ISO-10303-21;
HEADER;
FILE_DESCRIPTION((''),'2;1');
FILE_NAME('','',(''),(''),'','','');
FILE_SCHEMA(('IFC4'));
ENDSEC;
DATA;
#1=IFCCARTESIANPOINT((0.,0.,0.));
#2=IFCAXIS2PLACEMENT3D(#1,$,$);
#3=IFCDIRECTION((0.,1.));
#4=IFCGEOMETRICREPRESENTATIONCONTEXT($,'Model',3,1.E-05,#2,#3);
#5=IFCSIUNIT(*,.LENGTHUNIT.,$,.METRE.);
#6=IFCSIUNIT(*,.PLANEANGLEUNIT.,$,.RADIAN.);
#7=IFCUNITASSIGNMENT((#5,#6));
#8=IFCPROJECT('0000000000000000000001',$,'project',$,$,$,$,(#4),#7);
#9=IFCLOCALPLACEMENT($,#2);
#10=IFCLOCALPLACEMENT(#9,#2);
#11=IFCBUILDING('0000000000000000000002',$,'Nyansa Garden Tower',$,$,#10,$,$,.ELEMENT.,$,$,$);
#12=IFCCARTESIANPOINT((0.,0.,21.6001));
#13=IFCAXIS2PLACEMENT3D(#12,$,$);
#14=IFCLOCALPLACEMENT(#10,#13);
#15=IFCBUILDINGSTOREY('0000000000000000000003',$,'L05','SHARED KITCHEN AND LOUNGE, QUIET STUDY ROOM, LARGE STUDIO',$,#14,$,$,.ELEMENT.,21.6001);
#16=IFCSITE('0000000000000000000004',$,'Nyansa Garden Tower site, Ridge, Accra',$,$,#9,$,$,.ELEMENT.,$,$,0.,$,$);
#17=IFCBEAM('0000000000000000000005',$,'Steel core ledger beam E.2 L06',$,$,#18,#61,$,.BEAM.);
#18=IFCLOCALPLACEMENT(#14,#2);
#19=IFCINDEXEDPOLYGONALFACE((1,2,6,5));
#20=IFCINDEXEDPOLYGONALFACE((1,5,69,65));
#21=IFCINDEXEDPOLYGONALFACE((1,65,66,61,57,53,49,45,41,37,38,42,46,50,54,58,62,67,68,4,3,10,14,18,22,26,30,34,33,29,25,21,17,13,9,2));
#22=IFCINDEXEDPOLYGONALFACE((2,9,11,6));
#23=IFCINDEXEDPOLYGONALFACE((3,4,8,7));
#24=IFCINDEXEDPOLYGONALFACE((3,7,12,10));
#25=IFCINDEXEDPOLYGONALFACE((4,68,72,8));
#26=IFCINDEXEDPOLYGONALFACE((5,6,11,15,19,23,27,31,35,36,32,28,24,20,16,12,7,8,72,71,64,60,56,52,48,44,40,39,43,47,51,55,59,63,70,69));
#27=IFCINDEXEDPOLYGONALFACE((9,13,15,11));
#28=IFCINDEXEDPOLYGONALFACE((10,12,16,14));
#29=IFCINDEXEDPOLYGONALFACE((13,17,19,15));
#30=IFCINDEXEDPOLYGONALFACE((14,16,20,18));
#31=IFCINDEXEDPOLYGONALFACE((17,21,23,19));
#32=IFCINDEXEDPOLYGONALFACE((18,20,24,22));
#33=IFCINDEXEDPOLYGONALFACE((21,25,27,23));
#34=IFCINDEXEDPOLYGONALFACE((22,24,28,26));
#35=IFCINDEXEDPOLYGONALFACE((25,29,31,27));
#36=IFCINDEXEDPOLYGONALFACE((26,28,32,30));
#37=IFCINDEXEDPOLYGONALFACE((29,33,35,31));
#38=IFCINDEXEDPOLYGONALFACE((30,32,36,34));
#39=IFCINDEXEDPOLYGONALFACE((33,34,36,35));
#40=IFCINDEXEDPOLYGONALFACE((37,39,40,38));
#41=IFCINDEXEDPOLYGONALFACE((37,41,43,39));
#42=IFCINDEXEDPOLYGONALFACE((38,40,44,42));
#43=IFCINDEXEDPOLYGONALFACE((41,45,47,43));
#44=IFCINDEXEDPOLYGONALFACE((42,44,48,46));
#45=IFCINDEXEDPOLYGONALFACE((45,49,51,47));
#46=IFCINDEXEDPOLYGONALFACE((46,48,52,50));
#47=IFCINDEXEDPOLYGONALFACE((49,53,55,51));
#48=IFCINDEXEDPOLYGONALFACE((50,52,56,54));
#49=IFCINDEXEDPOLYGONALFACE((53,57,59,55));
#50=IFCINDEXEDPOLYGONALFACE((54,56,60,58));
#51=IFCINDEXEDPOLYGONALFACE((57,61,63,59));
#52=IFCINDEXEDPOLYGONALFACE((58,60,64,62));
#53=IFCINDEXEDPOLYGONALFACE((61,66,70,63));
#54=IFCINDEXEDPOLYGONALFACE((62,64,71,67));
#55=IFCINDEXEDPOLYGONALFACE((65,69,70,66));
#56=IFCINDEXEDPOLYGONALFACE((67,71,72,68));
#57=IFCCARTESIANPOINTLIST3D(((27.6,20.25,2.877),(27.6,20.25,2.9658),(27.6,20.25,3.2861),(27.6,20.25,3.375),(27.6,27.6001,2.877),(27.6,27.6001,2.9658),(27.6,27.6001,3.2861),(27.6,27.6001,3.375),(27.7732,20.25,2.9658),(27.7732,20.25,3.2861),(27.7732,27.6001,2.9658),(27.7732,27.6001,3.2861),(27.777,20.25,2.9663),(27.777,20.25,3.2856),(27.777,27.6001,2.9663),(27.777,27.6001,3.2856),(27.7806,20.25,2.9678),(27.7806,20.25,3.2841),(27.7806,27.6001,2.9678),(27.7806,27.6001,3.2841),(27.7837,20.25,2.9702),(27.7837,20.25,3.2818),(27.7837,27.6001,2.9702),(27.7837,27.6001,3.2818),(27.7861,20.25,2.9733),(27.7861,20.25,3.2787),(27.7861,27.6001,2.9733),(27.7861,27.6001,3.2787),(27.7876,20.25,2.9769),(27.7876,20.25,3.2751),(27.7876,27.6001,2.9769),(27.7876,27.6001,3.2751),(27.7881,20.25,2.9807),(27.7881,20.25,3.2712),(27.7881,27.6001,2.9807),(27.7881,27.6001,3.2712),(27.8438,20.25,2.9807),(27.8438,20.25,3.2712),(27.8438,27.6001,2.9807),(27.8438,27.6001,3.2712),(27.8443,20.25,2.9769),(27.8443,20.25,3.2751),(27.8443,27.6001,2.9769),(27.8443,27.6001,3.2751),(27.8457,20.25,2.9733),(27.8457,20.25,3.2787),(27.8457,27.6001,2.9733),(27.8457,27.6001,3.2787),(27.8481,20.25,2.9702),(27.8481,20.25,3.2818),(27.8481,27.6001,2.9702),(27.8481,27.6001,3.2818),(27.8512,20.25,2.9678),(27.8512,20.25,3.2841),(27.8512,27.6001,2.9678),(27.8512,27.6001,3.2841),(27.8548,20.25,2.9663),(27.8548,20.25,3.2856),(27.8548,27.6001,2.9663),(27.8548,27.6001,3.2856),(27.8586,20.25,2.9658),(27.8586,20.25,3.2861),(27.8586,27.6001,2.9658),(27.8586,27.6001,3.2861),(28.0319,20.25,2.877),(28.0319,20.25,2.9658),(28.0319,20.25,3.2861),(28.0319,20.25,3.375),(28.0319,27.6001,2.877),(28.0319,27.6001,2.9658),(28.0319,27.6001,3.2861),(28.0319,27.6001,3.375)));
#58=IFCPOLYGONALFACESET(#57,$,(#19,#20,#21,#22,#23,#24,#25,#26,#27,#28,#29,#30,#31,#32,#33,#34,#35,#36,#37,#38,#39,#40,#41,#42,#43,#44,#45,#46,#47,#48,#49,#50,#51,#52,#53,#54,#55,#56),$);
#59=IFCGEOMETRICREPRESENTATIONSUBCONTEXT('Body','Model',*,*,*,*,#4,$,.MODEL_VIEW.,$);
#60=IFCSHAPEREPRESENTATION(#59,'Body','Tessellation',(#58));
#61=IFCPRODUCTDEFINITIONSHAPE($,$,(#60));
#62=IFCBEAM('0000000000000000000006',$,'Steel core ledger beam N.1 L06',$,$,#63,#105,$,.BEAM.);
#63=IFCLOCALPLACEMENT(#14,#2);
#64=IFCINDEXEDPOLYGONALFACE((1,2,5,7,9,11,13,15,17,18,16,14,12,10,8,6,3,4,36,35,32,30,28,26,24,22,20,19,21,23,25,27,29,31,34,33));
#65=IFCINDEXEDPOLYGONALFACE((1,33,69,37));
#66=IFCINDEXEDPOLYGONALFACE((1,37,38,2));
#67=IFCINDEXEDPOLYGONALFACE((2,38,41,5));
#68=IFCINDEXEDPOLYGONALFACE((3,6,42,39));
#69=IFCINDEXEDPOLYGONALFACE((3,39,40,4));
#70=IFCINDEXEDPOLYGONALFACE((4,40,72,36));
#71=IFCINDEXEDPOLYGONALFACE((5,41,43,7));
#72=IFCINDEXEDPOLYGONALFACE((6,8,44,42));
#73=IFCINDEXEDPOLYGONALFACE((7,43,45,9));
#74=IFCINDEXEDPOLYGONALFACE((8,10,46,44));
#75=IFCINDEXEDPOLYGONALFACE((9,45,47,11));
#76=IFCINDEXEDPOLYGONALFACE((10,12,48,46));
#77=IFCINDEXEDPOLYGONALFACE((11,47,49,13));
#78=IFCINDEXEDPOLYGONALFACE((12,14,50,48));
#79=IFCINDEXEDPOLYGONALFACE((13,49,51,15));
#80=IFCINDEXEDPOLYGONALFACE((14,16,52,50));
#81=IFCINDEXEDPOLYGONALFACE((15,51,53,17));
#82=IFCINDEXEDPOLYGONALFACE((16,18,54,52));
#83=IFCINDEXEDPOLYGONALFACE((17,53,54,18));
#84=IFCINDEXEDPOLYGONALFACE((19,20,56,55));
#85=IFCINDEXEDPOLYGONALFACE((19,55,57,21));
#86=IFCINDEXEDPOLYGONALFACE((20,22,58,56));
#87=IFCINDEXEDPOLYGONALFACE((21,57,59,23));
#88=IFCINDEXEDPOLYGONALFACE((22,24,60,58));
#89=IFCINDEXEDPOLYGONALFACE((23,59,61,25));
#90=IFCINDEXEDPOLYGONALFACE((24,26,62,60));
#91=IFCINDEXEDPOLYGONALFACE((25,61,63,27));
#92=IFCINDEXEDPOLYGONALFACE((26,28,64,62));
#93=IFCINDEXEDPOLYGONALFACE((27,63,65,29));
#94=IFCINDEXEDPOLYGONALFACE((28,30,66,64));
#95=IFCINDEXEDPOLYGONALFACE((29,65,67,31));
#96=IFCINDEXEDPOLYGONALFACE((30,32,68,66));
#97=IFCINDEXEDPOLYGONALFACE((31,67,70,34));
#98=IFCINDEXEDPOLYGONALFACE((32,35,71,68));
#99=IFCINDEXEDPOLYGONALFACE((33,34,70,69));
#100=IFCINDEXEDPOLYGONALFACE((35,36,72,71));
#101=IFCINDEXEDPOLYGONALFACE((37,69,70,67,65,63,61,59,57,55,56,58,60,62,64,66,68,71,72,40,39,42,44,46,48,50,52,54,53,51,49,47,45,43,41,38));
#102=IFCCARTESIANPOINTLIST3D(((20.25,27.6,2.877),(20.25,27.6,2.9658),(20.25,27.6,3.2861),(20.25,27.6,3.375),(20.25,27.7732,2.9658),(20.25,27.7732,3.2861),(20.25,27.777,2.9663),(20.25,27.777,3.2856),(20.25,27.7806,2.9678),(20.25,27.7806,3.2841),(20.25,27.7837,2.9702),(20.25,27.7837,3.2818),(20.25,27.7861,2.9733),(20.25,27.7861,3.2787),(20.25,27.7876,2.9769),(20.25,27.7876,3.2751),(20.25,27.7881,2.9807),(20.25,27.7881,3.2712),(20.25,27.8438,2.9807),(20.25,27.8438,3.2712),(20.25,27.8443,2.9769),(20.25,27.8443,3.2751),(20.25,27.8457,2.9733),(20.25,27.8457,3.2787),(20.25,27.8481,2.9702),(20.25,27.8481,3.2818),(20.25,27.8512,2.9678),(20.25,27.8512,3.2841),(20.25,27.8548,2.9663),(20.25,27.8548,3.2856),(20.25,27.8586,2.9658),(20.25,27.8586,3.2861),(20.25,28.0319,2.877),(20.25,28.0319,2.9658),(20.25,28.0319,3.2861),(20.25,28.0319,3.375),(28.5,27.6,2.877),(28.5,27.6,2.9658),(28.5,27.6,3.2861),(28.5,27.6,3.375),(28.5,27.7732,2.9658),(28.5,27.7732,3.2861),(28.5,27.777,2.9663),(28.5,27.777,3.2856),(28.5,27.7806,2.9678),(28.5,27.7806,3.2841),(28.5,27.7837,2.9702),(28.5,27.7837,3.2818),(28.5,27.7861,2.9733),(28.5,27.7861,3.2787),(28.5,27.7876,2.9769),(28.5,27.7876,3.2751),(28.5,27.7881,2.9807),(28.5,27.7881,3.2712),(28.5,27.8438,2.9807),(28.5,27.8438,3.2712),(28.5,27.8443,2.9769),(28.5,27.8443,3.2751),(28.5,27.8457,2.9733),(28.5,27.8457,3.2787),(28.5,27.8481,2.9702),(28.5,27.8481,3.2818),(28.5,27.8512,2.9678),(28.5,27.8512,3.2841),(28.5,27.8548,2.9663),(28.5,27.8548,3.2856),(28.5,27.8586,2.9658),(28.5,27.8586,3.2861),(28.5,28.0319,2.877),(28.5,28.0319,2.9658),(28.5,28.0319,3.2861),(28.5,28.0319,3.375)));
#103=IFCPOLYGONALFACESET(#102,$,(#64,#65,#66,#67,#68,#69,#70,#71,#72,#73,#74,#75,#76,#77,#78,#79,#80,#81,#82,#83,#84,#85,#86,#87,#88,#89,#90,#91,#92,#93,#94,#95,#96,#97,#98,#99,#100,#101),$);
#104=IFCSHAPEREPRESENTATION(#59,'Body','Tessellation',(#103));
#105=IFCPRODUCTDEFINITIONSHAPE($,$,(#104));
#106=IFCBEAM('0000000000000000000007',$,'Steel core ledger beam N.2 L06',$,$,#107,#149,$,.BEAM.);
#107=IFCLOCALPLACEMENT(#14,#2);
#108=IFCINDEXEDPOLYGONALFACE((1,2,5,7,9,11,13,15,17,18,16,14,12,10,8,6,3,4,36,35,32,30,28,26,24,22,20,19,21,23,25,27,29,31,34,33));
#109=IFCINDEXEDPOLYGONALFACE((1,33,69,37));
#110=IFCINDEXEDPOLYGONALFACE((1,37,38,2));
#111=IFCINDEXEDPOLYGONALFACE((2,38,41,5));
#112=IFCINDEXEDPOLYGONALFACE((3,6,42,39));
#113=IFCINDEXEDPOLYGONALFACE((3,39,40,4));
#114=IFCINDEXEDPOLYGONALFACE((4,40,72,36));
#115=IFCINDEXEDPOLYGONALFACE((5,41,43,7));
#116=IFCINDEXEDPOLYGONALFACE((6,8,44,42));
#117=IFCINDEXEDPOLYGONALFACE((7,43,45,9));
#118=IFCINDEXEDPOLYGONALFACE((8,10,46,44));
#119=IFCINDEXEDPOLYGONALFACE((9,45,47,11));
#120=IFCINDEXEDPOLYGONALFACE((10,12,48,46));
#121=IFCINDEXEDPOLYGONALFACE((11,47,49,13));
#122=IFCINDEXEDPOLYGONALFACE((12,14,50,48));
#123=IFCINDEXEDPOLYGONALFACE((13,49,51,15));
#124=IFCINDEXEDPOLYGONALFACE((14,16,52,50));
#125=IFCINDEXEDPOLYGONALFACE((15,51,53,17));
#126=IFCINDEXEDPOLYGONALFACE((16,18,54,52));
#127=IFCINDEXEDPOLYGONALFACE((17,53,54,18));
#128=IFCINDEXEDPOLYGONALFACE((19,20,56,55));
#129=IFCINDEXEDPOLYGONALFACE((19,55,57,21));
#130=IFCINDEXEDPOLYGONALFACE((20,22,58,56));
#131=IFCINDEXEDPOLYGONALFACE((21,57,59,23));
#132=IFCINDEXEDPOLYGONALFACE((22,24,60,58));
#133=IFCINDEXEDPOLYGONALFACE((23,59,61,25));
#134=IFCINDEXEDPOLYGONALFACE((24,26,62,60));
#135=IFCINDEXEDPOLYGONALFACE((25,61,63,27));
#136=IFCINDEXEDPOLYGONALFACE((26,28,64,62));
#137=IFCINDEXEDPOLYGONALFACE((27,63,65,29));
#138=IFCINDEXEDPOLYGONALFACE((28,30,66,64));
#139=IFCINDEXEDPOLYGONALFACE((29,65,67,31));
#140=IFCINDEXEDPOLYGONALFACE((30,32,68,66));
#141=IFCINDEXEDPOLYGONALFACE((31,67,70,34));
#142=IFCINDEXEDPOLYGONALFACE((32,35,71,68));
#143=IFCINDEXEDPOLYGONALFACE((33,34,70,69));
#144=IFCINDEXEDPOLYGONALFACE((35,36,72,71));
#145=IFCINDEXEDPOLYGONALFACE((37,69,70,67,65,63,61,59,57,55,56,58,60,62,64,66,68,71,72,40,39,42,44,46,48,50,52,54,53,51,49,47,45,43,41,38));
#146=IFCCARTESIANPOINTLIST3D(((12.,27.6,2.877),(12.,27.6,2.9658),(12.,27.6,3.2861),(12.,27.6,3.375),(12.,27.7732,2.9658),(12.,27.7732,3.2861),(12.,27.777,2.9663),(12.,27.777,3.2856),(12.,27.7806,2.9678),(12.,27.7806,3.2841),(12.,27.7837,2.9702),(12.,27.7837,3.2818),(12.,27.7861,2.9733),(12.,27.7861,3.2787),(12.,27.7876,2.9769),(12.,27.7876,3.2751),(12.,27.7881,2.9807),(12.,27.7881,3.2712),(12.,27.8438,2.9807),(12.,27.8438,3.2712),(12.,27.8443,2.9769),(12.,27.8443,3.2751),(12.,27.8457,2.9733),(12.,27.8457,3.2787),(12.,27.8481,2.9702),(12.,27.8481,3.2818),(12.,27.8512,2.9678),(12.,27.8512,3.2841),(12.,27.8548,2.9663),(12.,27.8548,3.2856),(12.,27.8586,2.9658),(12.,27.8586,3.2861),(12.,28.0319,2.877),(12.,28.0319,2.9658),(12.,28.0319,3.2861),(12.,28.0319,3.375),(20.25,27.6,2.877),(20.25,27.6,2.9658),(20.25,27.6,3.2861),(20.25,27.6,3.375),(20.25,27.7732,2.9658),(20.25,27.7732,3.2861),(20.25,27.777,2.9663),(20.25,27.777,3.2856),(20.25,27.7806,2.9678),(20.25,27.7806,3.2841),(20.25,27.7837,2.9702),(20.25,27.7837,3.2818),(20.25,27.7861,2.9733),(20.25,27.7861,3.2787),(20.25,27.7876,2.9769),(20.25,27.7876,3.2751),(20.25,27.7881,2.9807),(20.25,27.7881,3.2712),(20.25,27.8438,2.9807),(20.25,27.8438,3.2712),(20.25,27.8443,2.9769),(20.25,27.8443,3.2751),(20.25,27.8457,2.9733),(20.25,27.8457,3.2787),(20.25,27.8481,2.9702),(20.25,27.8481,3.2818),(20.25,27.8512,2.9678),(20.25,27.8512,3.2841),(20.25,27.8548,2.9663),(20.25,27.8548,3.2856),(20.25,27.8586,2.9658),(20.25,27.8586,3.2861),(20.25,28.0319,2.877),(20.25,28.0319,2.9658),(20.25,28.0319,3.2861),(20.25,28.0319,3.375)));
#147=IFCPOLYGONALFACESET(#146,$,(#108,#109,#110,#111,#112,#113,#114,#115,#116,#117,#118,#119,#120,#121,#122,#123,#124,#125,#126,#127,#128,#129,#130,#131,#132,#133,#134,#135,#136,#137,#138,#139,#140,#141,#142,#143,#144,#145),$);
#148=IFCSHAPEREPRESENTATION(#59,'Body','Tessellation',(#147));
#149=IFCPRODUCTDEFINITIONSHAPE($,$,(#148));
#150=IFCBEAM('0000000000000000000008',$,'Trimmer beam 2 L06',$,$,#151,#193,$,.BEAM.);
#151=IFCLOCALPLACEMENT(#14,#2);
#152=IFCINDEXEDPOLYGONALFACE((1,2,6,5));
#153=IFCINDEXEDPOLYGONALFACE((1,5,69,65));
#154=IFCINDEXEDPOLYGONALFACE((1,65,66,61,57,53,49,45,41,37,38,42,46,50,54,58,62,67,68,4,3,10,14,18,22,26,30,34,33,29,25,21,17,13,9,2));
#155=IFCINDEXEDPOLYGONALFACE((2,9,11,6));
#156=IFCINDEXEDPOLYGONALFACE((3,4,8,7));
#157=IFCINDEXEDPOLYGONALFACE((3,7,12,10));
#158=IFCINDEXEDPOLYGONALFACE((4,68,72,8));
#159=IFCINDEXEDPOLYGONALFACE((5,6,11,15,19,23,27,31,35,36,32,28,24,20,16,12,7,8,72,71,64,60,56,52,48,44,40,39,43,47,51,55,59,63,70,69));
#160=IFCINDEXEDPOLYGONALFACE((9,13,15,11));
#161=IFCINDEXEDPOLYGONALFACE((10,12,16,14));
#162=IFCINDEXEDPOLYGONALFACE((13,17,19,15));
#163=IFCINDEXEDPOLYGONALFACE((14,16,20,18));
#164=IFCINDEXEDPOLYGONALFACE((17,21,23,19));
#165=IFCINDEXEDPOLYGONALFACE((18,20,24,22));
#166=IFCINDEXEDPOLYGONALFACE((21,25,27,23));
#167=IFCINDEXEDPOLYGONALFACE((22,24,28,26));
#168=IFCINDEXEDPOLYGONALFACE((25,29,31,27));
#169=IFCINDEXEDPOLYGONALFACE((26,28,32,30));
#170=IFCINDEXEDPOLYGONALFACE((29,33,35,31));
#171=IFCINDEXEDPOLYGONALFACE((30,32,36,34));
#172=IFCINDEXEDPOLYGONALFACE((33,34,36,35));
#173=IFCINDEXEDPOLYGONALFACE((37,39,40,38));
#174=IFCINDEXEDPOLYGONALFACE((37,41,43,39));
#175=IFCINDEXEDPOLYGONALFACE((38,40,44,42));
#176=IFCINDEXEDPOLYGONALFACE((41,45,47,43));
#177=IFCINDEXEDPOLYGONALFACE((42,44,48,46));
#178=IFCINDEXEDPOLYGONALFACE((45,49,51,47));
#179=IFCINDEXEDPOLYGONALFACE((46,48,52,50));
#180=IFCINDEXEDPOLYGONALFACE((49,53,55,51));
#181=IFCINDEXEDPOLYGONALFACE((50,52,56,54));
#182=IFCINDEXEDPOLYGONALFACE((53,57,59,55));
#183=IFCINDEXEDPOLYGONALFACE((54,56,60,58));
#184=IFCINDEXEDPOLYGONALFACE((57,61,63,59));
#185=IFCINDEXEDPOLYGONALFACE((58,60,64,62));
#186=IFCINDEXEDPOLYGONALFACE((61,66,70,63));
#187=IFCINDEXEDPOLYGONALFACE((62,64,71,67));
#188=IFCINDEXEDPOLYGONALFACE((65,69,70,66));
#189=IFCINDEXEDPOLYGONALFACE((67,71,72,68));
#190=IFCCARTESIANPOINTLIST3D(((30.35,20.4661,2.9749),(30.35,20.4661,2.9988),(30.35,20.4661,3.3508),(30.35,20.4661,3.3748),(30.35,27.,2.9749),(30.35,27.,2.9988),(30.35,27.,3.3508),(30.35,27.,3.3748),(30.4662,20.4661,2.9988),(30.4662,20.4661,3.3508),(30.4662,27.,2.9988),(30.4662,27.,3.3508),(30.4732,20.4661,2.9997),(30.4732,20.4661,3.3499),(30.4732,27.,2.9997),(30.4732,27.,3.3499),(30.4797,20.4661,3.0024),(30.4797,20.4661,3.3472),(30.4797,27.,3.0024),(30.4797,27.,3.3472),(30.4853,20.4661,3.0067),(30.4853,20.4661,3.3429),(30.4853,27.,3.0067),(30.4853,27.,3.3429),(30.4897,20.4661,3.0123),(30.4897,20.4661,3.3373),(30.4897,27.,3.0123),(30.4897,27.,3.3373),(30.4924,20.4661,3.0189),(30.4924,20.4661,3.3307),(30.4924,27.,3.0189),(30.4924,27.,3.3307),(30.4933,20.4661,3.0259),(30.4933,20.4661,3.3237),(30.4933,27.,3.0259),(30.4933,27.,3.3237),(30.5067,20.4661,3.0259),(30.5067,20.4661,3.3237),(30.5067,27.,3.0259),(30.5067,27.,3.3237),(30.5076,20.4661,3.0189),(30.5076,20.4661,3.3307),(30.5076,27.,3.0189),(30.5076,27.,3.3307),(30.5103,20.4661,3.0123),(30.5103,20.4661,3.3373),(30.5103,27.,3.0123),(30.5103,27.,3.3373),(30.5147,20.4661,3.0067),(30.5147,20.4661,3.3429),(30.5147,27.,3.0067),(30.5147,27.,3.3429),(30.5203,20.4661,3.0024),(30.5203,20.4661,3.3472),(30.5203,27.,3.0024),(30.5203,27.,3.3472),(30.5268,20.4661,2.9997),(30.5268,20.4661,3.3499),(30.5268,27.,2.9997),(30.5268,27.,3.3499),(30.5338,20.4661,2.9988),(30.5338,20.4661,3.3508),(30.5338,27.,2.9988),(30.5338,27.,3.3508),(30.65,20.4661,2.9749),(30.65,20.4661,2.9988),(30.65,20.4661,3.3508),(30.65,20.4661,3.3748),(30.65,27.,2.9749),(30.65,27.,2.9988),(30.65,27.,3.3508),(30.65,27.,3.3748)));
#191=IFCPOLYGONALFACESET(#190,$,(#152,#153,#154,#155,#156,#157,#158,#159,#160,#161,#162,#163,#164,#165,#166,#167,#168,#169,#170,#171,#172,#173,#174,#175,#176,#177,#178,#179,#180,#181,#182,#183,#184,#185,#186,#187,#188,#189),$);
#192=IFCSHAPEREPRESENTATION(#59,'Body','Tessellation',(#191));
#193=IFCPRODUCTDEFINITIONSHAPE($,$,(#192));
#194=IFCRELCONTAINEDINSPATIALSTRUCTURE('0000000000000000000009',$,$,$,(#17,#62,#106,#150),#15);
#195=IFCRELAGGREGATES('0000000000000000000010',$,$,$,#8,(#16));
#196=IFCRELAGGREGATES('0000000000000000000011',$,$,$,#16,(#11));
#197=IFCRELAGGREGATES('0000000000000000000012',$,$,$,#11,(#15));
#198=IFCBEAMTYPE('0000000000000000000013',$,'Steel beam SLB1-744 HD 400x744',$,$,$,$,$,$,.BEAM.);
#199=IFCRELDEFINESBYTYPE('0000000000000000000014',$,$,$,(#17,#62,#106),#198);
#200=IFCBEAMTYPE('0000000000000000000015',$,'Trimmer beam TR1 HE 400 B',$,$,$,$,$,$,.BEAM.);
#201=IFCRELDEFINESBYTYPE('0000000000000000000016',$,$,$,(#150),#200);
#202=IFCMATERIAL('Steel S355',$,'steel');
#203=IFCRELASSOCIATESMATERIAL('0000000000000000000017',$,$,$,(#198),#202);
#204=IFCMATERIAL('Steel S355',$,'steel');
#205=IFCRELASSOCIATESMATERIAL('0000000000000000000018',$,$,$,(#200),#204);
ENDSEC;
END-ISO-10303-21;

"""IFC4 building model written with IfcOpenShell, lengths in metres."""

from ifc_helpers import new_model, si_unit, direction, frame, origin, origin_2d, place, context, subcontext, project, spatial, i_section, extrude, material, material_profile, profile_set, type_object, element, save


model = new_model("IFC4")

# Units and contexts
model_context = context("Model", 3, precision=1e-05, world=origin(), true_north=direction((0.0, 1.0)))
body_context = subcontext(model_context, "Body", "Model", "MODEL_VIEW")
ifc_project = project(units=[si_unit("LENGTHUNIT", "METRE"), si_unit("PLANEANGLEUNIT", "RADIAN")], contexts=[model_context])

# Site, building, storey
site_placement = place(None, origin())
site = spatial("IfcSite", under=ifc_project, at=site_placement, Name="Nyansa Garden Tower site, Ridge, Accra", CompositionType="ELEMENT", RefElevation=0.0)
building_placement = place(site_placement, origin())
building = spatial("IfcBuilding", under=site, at=building_placement, Name="Nyansa Garden Tower", CompositionType="ELEMENT")
storey_placement = place(building_placement, frame((0.0, 0.0, 21.6001)))
storey = spatial("IfcBuildingStorey", under=building, at=storey_placement, Name="L05", Description="SHARED KITCHEN AND LOUNGE, QUIET STUDY ROOM, LARGE STUDIO", CompositionType="ELEMENT", Elevation=21.6001)

# Beams
ifc_material_1 = material(Name="Steel S355", Category="steel")
ifc_material_profile_1 = material_profile(ifc_material_1, i_section(OverallWidth=0.4319, OverallDepth=0.498, WebThickness=0.0557, FlangeThickness=0.0889, FilletRadius=0.0149, at=origin_2d()), Name="HD 400x744")
ifc_profile_set_1 = profile_set([ifc_material_profile_1], Name="Steel S355")
beam_type_1 = type_object("IfcBeamType", Name="Steel beam SLB1-744 HD 400x744", PredefinedType="BEAM", material=ifc_profile_set_1)
beam_1_placement = place(storey_placement, frame((27.8159, 20.25, 3.126), z_axis=(0.0, 1.0, 0.0), x_axis=(-1.0, 0.0, 0.0)))
element("IfcBeam", 1, at=beam_1_placement, inside=storey, type_object=beam_type_1, Name="Steel core ledger beam E.2 L06", PredefinedType="BEAM", context=body_context, shape_type="SweptSolid", body=[
    extrude(i_section(OverallWidth=0.4319, OverallDepth=0.498, WebThickness=0.0557, FlangeThickness=0.0889, FilletRadius=0.0149, at=origin_2d()), origin(), (0.0, 0.0, 1.0), 7.3501),
])
for number, where, z_axis, x_axis, name in (
    (2, (28.5, 27.8159, 3.126), (-1.0, 0.0, 0.0), (0.0, -1.0, 0.0), "Steel core ledger beam N.1 L06"),
    (3, (20.25, 27.8159, 3.126), (-1.0, 0.0, 0.0), (0.0, -1.0, 0.0), "Steel core ledger beam N.2 L06"),
):
    element("IfcBeam", number, at=place(storey_placement, frame(where, z_axis=z_axis, x_axis=x_axis)), inside=storey, type_object=beam_type_1, Name=name, PredefinedType="BEAM", context=body_context, shape_type="SweptSolid", body=[
        extrude(i_section(OverallWidth=0.4319, OverallDepth=0.498, WebThickness=0.0557, FlangeThickness=0.0889, FilletRadius=0.0149, at=origin_2d()), origin(), (0.0, 0.0, 1.0), 8.25),
    ])
ifc_material_2 = material(Name="Steel S355", Category="steel")
ifc_material_profile_2 = material_profile(ifc_material_2, i_section(OverallWidth=0.3, OverallDepth=0.3999, WebThickness=0.0134, FlangeThickness=0.0239, FilletRadius=0.0271, at=origin_2d()), Name="HE 400 B")
ifc_profile_set_2 = profile_set([ifc_material_profile_2], Name="Steel S355")
beam_type_2 = type_object("IfcBeamType", Name="Trimmer beam TR1 HE 400 B", PredefinedType="BEAM", material=ifc_profile_set_2)
beam_2_placement = place(storey_placement, frame((30.5, 20.4661, 3.1748), z_axis=(0.0, 1.0, 0.0), x_axis=(-1.0, 0.0, 0.0)))
element("IfcBeam", 4, at=beam_2_placement, inside=storey, type_object=beam_type_2, Name="Trimmer beam 2 L06", PredefinedType="BEAM", context=body_context, shape_type="SweptSolid", body=[
    extrude(i_section(OverallWidth=0.3, OverallDepth=0.3999, WebThickness=0.0134, FlangeThickness=0.0239, FilletRadius=0.0271, at=origin_2d()), origin(), (0.0, 0.0, 1.0), 6.5339),
])

save(model, "model.ifc")
